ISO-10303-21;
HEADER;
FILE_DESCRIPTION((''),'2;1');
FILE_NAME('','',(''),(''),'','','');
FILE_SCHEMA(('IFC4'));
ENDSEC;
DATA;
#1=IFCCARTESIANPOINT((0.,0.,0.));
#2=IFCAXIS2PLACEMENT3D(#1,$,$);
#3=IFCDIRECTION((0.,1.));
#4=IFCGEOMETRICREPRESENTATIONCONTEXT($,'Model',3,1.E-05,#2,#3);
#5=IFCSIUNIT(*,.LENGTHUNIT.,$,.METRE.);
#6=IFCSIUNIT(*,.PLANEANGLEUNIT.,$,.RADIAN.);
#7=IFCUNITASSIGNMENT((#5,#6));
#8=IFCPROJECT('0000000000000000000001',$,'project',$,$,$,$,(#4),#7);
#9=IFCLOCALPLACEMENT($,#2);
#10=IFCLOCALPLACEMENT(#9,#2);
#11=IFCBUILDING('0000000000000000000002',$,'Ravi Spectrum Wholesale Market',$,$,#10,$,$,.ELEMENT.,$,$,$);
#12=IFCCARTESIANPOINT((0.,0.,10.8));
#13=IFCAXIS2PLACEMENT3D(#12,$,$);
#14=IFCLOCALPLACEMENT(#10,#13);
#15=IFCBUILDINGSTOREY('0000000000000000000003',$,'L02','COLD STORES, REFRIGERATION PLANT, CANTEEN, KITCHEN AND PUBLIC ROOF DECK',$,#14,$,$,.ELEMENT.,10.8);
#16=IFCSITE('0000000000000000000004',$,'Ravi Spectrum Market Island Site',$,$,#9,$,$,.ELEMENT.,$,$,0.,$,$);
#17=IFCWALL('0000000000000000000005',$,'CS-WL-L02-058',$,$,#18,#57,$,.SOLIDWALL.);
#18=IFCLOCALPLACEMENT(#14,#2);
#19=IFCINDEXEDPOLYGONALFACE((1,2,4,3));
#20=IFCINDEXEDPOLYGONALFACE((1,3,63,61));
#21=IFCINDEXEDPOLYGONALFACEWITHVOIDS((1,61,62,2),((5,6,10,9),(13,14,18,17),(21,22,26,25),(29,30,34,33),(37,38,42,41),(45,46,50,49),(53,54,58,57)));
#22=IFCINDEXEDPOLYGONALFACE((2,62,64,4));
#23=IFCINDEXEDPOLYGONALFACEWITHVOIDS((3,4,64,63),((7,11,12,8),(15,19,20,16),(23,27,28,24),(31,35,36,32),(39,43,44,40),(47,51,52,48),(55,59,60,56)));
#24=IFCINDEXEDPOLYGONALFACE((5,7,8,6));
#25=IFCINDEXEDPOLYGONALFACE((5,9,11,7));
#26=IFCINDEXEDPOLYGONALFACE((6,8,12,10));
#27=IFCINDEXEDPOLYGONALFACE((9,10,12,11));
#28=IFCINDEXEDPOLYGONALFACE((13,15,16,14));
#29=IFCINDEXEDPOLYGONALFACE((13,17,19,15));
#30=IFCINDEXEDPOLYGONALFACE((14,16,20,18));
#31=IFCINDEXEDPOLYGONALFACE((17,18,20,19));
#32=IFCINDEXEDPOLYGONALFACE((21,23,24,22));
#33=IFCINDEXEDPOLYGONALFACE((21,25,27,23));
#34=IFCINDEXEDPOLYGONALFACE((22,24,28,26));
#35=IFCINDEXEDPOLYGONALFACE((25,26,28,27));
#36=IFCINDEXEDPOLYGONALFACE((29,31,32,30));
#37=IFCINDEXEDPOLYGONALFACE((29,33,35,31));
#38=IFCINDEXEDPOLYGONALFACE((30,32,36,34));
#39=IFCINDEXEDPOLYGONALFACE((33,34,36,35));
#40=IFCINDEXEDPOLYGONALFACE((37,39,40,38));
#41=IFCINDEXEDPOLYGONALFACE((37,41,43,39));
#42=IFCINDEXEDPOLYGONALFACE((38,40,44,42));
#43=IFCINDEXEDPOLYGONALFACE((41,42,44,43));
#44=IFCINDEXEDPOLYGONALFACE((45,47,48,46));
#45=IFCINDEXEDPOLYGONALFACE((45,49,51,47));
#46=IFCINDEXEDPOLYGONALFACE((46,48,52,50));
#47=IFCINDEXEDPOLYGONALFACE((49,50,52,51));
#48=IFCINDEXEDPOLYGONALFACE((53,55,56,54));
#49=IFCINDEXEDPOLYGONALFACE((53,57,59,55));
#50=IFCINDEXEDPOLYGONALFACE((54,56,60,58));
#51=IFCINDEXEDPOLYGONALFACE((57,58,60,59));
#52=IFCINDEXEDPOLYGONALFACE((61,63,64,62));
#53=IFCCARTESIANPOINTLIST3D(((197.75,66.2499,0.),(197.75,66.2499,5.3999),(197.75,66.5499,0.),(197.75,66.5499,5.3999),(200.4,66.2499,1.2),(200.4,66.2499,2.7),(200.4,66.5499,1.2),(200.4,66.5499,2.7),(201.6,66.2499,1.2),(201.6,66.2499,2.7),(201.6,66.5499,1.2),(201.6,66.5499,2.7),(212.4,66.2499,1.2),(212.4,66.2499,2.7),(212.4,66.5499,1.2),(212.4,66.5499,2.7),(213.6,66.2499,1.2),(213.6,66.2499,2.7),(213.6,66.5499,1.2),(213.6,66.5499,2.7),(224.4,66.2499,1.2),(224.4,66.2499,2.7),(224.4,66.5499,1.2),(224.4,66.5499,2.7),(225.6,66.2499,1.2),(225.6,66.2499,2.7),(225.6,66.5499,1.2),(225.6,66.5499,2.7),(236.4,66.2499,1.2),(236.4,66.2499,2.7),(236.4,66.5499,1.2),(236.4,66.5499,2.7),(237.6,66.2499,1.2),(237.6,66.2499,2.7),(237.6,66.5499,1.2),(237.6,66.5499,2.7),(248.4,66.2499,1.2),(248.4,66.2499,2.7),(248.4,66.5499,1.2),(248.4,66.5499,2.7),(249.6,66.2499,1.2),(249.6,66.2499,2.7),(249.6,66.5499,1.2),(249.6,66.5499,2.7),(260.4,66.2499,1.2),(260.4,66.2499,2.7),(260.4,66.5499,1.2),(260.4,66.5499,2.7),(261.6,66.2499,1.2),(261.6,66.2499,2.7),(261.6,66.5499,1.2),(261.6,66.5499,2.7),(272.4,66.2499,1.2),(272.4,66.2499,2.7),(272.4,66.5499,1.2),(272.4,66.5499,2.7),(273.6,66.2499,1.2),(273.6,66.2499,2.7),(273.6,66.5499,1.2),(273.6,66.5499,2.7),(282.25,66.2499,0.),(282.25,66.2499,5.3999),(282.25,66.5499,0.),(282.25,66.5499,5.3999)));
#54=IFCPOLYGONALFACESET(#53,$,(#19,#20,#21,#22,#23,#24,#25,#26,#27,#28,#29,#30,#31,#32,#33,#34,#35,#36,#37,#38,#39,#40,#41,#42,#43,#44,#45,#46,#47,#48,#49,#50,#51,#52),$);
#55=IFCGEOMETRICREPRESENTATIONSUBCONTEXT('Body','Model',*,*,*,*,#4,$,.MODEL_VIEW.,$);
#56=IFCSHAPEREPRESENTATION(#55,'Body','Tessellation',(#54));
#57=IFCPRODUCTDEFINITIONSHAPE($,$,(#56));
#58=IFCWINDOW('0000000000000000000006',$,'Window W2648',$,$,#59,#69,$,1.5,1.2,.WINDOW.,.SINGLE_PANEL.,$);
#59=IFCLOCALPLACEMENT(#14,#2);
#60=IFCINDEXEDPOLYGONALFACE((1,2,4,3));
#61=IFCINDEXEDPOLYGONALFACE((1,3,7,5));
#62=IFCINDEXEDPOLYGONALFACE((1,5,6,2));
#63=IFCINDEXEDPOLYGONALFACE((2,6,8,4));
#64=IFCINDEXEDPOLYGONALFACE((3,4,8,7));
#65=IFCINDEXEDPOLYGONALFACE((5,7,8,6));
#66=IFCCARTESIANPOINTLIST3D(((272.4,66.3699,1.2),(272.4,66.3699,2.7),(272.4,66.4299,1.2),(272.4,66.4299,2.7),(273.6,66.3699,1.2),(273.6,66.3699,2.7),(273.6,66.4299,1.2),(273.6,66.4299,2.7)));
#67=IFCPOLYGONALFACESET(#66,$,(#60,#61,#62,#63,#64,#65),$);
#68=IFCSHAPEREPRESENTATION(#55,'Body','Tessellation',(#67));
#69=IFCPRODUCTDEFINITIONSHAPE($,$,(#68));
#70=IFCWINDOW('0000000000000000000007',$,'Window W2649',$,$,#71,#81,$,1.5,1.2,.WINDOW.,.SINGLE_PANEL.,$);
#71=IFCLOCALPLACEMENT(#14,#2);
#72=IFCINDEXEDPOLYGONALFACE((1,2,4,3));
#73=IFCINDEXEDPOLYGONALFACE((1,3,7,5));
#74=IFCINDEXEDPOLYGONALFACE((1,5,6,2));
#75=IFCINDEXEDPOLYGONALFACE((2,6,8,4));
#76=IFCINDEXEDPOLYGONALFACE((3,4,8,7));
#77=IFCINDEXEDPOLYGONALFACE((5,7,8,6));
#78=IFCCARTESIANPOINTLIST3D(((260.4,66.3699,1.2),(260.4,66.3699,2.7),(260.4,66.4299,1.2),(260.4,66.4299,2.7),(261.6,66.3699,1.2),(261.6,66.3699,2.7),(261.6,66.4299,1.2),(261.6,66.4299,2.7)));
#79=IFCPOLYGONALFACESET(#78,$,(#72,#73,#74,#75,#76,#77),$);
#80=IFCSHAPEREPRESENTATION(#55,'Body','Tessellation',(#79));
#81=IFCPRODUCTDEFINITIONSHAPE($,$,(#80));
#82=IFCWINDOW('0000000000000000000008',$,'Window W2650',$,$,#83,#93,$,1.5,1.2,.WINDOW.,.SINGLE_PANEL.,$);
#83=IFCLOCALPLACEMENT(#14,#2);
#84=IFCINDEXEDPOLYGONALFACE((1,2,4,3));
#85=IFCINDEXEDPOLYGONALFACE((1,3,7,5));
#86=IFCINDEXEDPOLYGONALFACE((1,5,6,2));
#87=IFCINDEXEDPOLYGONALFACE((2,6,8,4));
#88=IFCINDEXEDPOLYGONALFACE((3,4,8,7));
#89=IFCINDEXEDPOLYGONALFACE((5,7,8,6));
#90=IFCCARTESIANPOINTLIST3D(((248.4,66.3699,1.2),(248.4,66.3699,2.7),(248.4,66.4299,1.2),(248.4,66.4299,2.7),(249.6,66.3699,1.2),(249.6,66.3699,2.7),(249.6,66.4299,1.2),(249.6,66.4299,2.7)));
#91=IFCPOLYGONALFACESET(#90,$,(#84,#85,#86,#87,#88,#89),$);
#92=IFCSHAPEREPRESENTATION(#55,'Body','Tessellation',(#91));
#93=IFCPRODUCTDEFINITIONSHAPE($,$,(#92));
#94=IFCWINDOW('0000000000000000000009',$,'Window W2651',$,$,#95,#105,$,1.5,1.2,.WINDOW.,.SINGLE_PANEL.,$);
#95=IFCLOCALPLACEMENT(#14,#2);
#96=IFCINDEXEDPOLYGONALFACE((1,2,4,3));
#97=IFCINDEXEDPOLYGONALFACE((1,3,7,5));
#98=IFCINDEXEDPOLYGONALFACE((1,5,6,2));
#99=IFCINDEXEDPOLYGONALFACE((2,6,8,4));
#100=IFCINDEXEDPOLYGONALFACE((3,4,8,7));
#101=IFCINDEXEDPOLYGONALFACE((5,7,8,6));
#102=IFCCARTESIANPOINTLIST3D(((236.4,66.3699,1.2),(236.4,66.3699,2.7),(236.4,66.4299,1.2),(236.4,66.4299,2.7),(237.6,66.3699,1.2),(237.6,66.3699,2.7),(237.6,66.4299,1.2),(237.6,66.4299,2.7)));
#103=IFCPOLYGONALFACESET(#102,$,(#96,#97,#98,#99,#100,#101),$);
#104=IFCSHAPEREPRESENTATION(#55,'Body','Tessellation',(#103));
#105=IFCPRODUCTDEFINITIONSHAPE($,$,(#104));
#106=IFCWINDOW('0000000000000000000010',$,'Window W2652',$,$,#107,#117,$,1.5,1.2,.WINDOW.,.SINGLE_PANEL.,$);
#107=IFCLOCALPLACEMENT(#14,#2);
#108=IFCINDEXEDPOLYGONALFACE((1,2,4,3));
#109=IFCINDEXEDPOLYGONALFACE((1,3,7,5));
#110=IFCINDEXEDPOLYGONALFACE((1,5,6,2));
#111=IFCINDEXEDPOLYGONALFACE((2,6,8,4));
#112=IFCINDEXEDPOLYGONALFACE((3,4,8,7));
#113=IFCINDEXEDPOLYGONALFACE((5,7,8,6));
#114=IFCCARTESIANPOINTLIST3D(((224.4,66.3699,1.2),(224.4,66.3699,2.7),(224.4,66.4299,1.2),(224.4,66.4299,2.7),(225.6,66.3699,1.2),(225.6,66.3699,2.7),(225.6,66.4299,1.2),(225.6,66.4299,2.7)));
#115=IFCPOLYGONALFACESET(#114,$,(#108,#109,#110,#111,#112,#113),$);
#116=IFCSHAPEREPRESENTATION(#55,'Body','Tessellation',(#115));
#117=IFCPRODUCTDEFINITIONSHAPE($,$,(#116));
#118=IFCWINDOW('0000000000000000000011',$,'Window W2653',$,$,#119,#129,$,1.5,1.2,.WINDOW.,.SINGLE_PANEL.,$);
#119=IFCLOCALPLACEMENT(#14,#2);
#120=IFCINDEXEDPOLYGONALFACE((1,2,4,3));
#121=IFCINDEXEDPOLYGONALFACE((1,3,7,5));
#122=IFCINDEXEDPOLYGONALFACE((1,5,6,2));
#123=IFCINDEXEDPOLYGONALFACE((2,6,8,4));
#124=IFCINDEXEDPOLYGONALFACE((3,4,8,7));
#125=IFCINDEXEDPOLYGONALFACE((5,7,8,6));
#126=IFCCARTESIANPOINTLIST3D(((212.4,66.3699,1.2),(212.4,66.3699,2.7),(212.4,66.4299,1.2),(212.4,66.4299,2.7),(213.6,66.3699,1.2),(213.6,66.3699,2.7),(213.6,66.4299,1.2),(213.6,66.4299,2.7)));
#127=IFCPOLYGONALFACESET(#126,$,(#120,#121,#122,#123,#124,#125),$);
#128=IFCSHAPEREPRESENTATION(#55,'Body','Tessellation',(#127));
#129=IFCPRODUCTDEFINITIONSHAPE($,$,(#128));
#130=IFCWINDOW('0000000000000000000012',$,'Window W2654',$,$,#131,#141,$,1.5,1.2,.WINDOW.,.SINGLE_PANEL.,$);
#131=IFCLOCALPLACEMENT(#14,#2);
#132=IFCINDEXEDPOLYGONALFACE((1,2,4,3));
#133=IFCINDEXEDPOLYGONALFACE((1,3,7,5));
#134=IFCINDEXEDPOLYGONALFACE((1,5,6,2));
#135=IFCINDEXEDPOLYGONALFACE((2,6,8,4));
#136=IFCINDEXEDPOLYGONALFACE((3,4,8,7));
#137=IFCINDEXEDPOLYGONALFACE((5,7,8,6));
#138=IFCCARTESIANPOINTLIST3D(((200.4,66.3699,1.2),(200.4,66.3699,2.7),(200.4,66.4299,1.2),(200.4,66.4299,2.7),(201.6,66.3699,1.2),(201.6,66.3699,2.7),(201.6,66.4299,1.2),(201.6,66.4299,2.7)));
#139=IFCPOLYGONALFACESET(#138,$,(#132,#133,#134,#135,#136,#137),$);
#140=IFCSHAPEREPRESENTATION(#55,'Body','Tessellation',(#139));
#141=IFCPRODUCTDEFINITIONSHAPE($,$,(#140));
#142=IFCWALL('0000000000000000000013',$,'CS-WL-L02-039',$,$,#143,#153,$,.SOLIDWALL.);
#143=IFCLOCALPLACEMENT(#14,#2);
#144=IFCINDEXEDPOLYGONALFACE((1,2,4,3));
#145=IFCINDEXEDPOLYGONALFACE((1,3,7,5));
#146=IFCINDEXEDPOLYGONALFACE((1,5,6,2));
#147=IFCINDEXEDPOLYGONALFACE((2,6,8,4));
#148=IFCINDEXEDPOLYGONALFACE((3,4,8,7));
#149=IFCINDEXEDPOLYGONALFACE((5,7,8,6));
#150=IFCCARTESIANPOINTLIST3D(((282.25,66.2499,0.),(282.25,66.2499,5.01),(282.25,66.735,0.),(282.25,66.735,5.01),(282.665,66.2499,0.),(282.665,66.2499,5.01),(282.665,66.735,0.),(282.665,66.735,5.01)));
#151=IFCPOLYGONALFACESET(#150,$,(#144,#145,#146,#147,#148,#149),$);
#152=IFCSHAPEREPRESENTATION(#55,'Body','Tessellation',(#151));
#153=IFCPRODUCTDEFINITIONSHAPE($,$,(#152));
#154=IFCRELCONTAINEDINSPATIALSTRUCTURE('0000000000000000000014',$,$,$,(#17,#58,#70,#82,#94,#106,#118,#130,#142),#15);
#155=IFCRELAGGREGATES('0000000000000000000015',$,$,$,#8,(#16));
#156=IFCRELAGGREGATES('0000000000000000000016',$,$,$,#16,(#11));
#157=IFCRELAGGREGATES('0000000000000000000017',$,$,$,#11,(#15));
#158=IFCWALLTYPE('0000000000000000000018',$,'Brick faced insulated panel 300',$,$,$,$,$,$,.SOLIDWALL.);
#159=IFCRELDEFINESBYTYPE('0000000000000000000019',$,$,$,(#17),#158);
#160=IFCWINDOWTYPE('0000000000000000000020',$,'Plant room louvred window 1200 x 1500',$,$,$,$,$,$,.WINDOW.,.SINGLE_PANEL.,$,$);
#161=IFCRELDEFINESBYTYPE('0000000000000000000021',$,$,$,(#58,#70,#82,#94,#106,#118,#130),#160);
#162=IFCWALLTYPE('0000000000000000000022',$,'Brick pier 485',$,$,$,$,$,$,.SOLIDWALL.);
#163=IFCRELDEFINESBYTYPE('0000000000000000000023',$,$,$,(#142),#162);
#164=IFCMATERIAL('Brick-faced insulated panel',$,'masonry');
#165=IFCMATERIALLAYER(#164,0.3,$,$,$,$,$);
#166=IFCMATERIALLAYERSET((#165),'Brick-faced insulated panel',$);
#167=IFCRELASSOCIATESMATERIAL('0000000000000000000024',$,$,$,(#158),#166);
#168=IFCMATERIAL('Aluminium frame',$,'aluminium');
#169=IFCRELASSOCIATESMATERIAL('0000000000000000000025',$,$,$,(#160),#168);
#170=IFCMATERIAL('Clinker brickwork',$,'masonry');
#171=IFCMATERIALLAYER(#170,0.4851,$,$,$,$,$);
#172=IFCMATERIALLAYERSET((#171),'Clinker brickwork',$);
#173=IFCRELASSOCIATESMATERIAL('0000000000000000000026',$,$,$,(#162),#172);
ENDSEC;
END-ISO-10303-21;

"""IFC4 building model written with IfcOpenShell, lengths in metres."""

from ifc_helpers import new_model, si_unit, direction, frame, frame_2d, origin, place, context, subcontext, project, spatial, rectangle, extrude, material, layer, layer_set, type_object, element, fill, save


model = new_model("IFC4")

# Units and contexts
model_context = context("Model", 3, precision=1e-05, world=origin(), true_north=direction((0.0, 1.0)))
body_context = subcontext(model_context, "Body", "Model", "MODEL_VIEW")
ifc_project = project(units=[si_unit("LENGTHUNIT", "METRE"), si_unit("PLANEANGLEUNIT", "RADIAN")], contexts=[model_context])

# Site, building, storey
site_placement = place(None, origin())
site = spatial("IfcSite", under=ifc_project, at=site_placement, Name="Ravi Spectrum Market Island Site", CompositionType="ELEMENT", RefElevation=0.0)
building_placement = place(site_placement, origin())
building = spatial("IfcBuilding", under=site, at=building_placement, Name="Ravi Spectrum Wholesale Market", CompositionType="ELEMENT")
storey_placement = place(building_placement, frame((0.0, 0.0, 10.8)))
storey = spatial("IfcBuildingStorey", under=building, at=storey_placement, Name="L02", Description="COLD STORES, REFRIGERATION PLANT, CANTEEN, KITCHEN AND PUBLIC ROOF DECK", CompositionType="ELEMENT", Elevation=10.8)

# Wall, openings, windows
ifc_material_1 = material(Name="Brick-faced insulated panel", Category="masonry")
ifc_layer_1 = layer(ifc_material_1, 0.3)
ifc_layer_set_1 = layer_set([ifc_layer_1], Name="Brick-faced insulated panel")
wall_type_1 = type_object("IfcWallType", Name="Brick faced insulated panel 300", PredefinedType="SOLIDWALL", material=ifc_layer_set_1)
wall_1_placement = place(storey_placement, frame((282.25, 66.3999, 0.0), z_axis=(0.0, 0.0, 1.0), x_axis=(-1.0, 0.0, 0.0)))
wall_1 = element("IfcWall", 1, at=wall_1_placement, inside=storey, type_object=wall_type_1, Name="CS-WL-L02-058", PredefinedType="SOLIDWALL", context=body_context, shape_type="SweptSolid", body=[
    extrude(rectangle(XDim=84.5, YDim=0.3, at=frame_2d((42.25, 0.0))), origin(), (0.0, 0.0, 1.0), 5.3999),
])
opening_1_placement = place(wall_1_placement, frame((8.6499, 0.0, 1.2)))
opening_1 = element("IfcOpeningElement", 2, at=opening_1_placement, cuts=wall_1, PredefinedType="OPENING", context=body_context, shape_type="SweptSolid", body=[
    extrude(rectangle(XDim=1.2, YDim=1.5, at=frame_2d((0.6001, 0.75))), frame((0.0, 0.1599, 0.0), z_axis=(0.0, -1.0, 0.0), x_axis=(1.0, 0.0, 0.0)), (0.0, 0.0, 1.0), 0.3201),
])
opening_2_placement = place(wall_1_placement, frame((20.6499, 0.0, 1.2)))
opening_2 = element("IfcOpeningElement", 3, at=opening_2_placement, cuts=wall_1, PredefinedType="OPENING", context=body_context, shape_type="SweptSolid", body=[
    extrude(rectangle(XDim=1.2, YDim=1.5, at=frame_2d((0.6001, 0.75))), frame((0.0, 0.1599, 0.0), z_axis=(0.0, -1.0, 0.0), x_axis=(1.0, 0.0, 0.0)), (0.0, 0.0, 1.0), 0.3201),
])
opening_3_placement = place(wall_1_placement, frame((32.6499, 0.0, 1.2)))
opening_3 = element("IfcOpeningElement", 4, at=opening_3_placement, cuts=wall_1, PredefinedType="OPENING", context=body_context, shape_type="SweptSolid", body=[
    extrude(rectangle(XDim=1.2, YDim=1.5, at=frame_2d((0.6001, 0.75))), frame((0.0, 0.1599, 0.0), z_axis=(0.0, -1.0, 0.0), x_axis=(1.0, 0.0, 0.0)), (0.0, 0.0, 1.0), 0.3201),
])
opening_4_placement = place(wall_1_placement, frame((44.6499, 0.0, 1.2)))
opening_4 = element("IfcOpeningElement", 5, at=opening_4_placement, cuts=wall_1, PredefinedType="OPENING", context=body_context, shape_type="SweptSolid", body=[
    extrude(rectangle(XDim=1.2, YDim=1.5, at=frame_2d((0.6001, 0.75))), frame((0.0, 0.1599, 0.0), z_axis=(0.0, -1.0, 0.0), x_axis=(1.0, 0.0, 0.0)), (0.0, 0.0, 1.0), 0.3201),
])
opening_5_placement = place(wall_1_placement, frame((56.6499, 0.0, 1.2)))
opening_5 = element("IfcOpeningElement", 6, at=opening_5_placement, cuts=wall_1, PredefinedType="OPENING", context=body_context, shape_type="SweptSolid", body=[
    extrude(rectangle(XDim=1.2, YDim=1.5, at=frame_2d((0.6001, 0.75))), frame((0.0, 0.1599, 0.0), z_axis=(0.0, -1.0, 0.0), x_axis=(1.0, 0.0, 0.0)), (0.0, 0.0, 1.0), 0.3201),
])
opening_6_placement = place(wall_1_placement, frame((68.6499, 0.0, 1.2)))
opening_6 = element("IfcOpeningElement", 7, at=opening_6_placement, cuts=wall_1, PredefinedType="OPENING", context=body_context, shape_type="SweptSolid", body=[
    extrude(rectangle(XDim=1.2, YDim=1.5, at=frame_2d((0.6001, 0.75))), frame((0.0, 0.1599, 0.0), z_axis=(0.0, -1.0, 0.0), x_axis=(1.0, 0.0, 0.0)), (0.0, 0.0, 1.0), 0.3201),
])
opening_7_placement = place(wall_1_placement, frame((80.6499, 0.0, 1.2)))
opening_7 = element("IfcOpeningElement", 8, at=opening_7_placement, cuts=wall_1, PredefinedType="OPENING", context=body_context, shape_type="SweptSolid", body=[
    extrude(rectangle(XDim=1.2, YDim=1.5, at=frame_2d((0.6001, 0.75))), frame((0.0, 0.1599, 0.0), z_axis=(0.0, -1.0, 0.0), x_axis=(1.0, 0.0, 0.0)), (0.0, 0.0, 1.0), 0.3201),
])
ifc_material_2 = material(Name="Aluminium frame", Category="aluminium")
window_type = type_object("IfcWindowType", Name="Plant room louvred window 1200 x 1500", PartitioningType="SINGLE_PANEL", PredefinedType="WINDOW", material=ifc_material_2)
window_1_placement = place(opening_1_placement, origin())
window_1 = element("IfcWindow", 9, at=window_1_placement, inside=storey, type_object=window_type, Name="Window W2648", OverallHeight=1.5, OverallWidth=1.2, PartitioningType="SINGLE_PANEL", PredefinedType="WINDOW", context=body_context, shape_type="SweptSolid", body=[
    extrude(rectangle(XDim=1.2, YDim=1.5, at=frame_2d((0.6001, 0.75))), frame((0.0, 0.03, 0.0), z_axis=(0.0, -1.0, 0.0), x_axis=(1.0, 0.0, 0.0)), (0.0, 0.0, 1.0), 0.0601),
])
fill(opening_1, window_1)
window_2_placement = place(opening_2_placement, origin())
window_2 = element("IfcWindow", 10, at=window_2_placement, inside=storey, type_object=window_type, Name="Window W2649", OverallHeight=1.5, OverallWidth=1.2, PartitioningType="SINGLE_PANEL", PredefinedType="WINDOW", context=body_context, shape_type="SweptSolid", body=[
    extrude(rectangle(XDim=1.2, YDim=1.5, at=frame_2d((0.6001, 0.75))), frame((0.0, 0.03, 0.0), z_axis=(0.0, -1.0, 0.0), x_axis=(1.0, 0.0, 0.0)), (0.0, 0.0, 1.0), 0.0601),
])
fill(opening_2, window_2)
window_3_placement = place(opening_3_placement, origin())
window_3 = element("IfcWindow", 11, at=window_3_placement, inside=storey, type_object=window_type, Name="Window W2650", OverallHeight=1.5, OverallWidth=1.2, PartitioningType="SINGLE_PANEL", PredefinedType="WINDOW", context=body_context, shape_type="SweptSolid", body=[
    extrude(rectangle(XDim=1.2, YDim=1.5, at=frame_2d((0.6001, 0.75))), frame((0.0, 0.03, 0.0), z_axis=(0.0, -1.0, 0.0), x_axis=(1.0, 0.0, 0.0)), (0.0, 0.0, 1.0), 0.0601),
])
fill(opening_3, window_3)
window_4_placement = place(opening_4_placement, origin())
window_4 = element("IfcWindow", 12, at=window_4_placement, inside=storey, type_object=window_type, Name="Window W2651", OverallHeight=1.5, OverallWidth=1.2, PartitioningType="SINGLE_PANEL", PredefinedType="WINDOW", context=body_context, shape_type="SweptSolid", body=[
    extrude(rectangle(XDim=1.2, YDim=1.5, at=frame_2d((0.6001, 0.75))), frame((0.0, 0.03, 0.0), z_axis=(0.0, -1.0, 0.0), x_axis=(1.0, 0.0, 0.0)), (0.0, 0.0, 1.0), 0.0601),
])
fill(opening_4, window_4)
window_5_placement = place(opening_5_placement, origin())
window_5 = element("IfcWindow", 13, at=window_5_placement, inside=storey, type_object=window_type, Name="Window W2652", OverallHeight=1.5, OverallWidth=1.2, PartitioningType="SINGLE_PANEL", PredefinedType="WINDOW", context=body_context, shape_type="SweptSolid", body=[
    extrude(rectangle(XDim=1.2, YDim=1.5, at=frame_2d((0.6001, 0.75))), frame((0.0, 0.03, 0.0), z_axis=(0.0, -1.0, 0.0), x_axis=(1.0, 0.0, 0.0)), (0.0, 0.0, 1.0), 0.0601),
])
fill(opening_5, window_5)
window_6_placement = place(opening_6_placement, origin())
window_6 = element("IfcWindow", 14, at=window_6_placement, inside=storey, type_object=window_type, Name="Window W2653", OverallHeight=1.5, OverallWidth=1.2, PartitioningType="SINGLE_PANEL", PredefinedType="WINDOW", context=body_context, shape_type="SweptSolid", body=[
    extrude(rectangle(XDim=1.2, YDim=1.5, at=frame_2d((0.6001, 0.75))), frame((0.0, 0.03, 0.0), z_axis=(0.0, -1.0, 0.0), x_axis=(1.0, 0.0, 0.0)), (0.0, 0.0, 1.0), 0.0601),
])
fill(opening_6, window_6)
window_7_placement = place(opening_7_placement, origin())
window_7 = element("IfcWindow", 15, at=window_7_placement, inside=storey, type_object=window_type, Name="Window W2654", OverallHeight=1.5, OverallWidth=1.2, PartitioningType="SINGLE_PANEL", PredefinedType="WINDOW", context=body_context, shape_type="SweptSolid", body=[
    extrude(rectangle(XDim=1.2, YDim=1.5, at=frame_2d((0.6001, 0.75))), frame((0.0, 0.03, 0.0), z_axis=(0.0, -1.0, 0.0), x_axis=(1.0, 0.0, 0.0)), (0.0, 0.0, 1.0), 0.0601),
])
fill(opening_7, window_7)

# Wall
ifc_material_3 = material(Name="Clinker brickwork", Category="masonry")
ifc_layer_2 = layer(ifc_material_3, 0.4851)
ifc_layer_set_2 = layer_set([ifc_layer_2], Name="Clinker brickwork")
wall_type_2 = type_object("IfcWallType", Name="Brick pier 485", PredefinedType="SOLIDWALL", material=ifc_layer_set_2)
wall_2_placement = place(storey_placement, frame((282.25, 66.4924, 0.0), z_axis=(0.0, 0.0, 1.0), x_axis=(1.0, 0.0, 0.0)))
element("IfcWall", 16, at=wall_2_placement, inside=storey, type_object=wall_type_2, Name="CS-WL-L02-039", PredefinedType="SOLIDWALL", context=body_context, shape_type="SweptSolid", body=[
    extrude(rectangle(XDim=0.415, YDim=0.4851, at=frame_2d((0.2075, 0.0))), origin(), (0.0, 0.0, 1.0), 5.01),
])

save(model, "model.ifc")
